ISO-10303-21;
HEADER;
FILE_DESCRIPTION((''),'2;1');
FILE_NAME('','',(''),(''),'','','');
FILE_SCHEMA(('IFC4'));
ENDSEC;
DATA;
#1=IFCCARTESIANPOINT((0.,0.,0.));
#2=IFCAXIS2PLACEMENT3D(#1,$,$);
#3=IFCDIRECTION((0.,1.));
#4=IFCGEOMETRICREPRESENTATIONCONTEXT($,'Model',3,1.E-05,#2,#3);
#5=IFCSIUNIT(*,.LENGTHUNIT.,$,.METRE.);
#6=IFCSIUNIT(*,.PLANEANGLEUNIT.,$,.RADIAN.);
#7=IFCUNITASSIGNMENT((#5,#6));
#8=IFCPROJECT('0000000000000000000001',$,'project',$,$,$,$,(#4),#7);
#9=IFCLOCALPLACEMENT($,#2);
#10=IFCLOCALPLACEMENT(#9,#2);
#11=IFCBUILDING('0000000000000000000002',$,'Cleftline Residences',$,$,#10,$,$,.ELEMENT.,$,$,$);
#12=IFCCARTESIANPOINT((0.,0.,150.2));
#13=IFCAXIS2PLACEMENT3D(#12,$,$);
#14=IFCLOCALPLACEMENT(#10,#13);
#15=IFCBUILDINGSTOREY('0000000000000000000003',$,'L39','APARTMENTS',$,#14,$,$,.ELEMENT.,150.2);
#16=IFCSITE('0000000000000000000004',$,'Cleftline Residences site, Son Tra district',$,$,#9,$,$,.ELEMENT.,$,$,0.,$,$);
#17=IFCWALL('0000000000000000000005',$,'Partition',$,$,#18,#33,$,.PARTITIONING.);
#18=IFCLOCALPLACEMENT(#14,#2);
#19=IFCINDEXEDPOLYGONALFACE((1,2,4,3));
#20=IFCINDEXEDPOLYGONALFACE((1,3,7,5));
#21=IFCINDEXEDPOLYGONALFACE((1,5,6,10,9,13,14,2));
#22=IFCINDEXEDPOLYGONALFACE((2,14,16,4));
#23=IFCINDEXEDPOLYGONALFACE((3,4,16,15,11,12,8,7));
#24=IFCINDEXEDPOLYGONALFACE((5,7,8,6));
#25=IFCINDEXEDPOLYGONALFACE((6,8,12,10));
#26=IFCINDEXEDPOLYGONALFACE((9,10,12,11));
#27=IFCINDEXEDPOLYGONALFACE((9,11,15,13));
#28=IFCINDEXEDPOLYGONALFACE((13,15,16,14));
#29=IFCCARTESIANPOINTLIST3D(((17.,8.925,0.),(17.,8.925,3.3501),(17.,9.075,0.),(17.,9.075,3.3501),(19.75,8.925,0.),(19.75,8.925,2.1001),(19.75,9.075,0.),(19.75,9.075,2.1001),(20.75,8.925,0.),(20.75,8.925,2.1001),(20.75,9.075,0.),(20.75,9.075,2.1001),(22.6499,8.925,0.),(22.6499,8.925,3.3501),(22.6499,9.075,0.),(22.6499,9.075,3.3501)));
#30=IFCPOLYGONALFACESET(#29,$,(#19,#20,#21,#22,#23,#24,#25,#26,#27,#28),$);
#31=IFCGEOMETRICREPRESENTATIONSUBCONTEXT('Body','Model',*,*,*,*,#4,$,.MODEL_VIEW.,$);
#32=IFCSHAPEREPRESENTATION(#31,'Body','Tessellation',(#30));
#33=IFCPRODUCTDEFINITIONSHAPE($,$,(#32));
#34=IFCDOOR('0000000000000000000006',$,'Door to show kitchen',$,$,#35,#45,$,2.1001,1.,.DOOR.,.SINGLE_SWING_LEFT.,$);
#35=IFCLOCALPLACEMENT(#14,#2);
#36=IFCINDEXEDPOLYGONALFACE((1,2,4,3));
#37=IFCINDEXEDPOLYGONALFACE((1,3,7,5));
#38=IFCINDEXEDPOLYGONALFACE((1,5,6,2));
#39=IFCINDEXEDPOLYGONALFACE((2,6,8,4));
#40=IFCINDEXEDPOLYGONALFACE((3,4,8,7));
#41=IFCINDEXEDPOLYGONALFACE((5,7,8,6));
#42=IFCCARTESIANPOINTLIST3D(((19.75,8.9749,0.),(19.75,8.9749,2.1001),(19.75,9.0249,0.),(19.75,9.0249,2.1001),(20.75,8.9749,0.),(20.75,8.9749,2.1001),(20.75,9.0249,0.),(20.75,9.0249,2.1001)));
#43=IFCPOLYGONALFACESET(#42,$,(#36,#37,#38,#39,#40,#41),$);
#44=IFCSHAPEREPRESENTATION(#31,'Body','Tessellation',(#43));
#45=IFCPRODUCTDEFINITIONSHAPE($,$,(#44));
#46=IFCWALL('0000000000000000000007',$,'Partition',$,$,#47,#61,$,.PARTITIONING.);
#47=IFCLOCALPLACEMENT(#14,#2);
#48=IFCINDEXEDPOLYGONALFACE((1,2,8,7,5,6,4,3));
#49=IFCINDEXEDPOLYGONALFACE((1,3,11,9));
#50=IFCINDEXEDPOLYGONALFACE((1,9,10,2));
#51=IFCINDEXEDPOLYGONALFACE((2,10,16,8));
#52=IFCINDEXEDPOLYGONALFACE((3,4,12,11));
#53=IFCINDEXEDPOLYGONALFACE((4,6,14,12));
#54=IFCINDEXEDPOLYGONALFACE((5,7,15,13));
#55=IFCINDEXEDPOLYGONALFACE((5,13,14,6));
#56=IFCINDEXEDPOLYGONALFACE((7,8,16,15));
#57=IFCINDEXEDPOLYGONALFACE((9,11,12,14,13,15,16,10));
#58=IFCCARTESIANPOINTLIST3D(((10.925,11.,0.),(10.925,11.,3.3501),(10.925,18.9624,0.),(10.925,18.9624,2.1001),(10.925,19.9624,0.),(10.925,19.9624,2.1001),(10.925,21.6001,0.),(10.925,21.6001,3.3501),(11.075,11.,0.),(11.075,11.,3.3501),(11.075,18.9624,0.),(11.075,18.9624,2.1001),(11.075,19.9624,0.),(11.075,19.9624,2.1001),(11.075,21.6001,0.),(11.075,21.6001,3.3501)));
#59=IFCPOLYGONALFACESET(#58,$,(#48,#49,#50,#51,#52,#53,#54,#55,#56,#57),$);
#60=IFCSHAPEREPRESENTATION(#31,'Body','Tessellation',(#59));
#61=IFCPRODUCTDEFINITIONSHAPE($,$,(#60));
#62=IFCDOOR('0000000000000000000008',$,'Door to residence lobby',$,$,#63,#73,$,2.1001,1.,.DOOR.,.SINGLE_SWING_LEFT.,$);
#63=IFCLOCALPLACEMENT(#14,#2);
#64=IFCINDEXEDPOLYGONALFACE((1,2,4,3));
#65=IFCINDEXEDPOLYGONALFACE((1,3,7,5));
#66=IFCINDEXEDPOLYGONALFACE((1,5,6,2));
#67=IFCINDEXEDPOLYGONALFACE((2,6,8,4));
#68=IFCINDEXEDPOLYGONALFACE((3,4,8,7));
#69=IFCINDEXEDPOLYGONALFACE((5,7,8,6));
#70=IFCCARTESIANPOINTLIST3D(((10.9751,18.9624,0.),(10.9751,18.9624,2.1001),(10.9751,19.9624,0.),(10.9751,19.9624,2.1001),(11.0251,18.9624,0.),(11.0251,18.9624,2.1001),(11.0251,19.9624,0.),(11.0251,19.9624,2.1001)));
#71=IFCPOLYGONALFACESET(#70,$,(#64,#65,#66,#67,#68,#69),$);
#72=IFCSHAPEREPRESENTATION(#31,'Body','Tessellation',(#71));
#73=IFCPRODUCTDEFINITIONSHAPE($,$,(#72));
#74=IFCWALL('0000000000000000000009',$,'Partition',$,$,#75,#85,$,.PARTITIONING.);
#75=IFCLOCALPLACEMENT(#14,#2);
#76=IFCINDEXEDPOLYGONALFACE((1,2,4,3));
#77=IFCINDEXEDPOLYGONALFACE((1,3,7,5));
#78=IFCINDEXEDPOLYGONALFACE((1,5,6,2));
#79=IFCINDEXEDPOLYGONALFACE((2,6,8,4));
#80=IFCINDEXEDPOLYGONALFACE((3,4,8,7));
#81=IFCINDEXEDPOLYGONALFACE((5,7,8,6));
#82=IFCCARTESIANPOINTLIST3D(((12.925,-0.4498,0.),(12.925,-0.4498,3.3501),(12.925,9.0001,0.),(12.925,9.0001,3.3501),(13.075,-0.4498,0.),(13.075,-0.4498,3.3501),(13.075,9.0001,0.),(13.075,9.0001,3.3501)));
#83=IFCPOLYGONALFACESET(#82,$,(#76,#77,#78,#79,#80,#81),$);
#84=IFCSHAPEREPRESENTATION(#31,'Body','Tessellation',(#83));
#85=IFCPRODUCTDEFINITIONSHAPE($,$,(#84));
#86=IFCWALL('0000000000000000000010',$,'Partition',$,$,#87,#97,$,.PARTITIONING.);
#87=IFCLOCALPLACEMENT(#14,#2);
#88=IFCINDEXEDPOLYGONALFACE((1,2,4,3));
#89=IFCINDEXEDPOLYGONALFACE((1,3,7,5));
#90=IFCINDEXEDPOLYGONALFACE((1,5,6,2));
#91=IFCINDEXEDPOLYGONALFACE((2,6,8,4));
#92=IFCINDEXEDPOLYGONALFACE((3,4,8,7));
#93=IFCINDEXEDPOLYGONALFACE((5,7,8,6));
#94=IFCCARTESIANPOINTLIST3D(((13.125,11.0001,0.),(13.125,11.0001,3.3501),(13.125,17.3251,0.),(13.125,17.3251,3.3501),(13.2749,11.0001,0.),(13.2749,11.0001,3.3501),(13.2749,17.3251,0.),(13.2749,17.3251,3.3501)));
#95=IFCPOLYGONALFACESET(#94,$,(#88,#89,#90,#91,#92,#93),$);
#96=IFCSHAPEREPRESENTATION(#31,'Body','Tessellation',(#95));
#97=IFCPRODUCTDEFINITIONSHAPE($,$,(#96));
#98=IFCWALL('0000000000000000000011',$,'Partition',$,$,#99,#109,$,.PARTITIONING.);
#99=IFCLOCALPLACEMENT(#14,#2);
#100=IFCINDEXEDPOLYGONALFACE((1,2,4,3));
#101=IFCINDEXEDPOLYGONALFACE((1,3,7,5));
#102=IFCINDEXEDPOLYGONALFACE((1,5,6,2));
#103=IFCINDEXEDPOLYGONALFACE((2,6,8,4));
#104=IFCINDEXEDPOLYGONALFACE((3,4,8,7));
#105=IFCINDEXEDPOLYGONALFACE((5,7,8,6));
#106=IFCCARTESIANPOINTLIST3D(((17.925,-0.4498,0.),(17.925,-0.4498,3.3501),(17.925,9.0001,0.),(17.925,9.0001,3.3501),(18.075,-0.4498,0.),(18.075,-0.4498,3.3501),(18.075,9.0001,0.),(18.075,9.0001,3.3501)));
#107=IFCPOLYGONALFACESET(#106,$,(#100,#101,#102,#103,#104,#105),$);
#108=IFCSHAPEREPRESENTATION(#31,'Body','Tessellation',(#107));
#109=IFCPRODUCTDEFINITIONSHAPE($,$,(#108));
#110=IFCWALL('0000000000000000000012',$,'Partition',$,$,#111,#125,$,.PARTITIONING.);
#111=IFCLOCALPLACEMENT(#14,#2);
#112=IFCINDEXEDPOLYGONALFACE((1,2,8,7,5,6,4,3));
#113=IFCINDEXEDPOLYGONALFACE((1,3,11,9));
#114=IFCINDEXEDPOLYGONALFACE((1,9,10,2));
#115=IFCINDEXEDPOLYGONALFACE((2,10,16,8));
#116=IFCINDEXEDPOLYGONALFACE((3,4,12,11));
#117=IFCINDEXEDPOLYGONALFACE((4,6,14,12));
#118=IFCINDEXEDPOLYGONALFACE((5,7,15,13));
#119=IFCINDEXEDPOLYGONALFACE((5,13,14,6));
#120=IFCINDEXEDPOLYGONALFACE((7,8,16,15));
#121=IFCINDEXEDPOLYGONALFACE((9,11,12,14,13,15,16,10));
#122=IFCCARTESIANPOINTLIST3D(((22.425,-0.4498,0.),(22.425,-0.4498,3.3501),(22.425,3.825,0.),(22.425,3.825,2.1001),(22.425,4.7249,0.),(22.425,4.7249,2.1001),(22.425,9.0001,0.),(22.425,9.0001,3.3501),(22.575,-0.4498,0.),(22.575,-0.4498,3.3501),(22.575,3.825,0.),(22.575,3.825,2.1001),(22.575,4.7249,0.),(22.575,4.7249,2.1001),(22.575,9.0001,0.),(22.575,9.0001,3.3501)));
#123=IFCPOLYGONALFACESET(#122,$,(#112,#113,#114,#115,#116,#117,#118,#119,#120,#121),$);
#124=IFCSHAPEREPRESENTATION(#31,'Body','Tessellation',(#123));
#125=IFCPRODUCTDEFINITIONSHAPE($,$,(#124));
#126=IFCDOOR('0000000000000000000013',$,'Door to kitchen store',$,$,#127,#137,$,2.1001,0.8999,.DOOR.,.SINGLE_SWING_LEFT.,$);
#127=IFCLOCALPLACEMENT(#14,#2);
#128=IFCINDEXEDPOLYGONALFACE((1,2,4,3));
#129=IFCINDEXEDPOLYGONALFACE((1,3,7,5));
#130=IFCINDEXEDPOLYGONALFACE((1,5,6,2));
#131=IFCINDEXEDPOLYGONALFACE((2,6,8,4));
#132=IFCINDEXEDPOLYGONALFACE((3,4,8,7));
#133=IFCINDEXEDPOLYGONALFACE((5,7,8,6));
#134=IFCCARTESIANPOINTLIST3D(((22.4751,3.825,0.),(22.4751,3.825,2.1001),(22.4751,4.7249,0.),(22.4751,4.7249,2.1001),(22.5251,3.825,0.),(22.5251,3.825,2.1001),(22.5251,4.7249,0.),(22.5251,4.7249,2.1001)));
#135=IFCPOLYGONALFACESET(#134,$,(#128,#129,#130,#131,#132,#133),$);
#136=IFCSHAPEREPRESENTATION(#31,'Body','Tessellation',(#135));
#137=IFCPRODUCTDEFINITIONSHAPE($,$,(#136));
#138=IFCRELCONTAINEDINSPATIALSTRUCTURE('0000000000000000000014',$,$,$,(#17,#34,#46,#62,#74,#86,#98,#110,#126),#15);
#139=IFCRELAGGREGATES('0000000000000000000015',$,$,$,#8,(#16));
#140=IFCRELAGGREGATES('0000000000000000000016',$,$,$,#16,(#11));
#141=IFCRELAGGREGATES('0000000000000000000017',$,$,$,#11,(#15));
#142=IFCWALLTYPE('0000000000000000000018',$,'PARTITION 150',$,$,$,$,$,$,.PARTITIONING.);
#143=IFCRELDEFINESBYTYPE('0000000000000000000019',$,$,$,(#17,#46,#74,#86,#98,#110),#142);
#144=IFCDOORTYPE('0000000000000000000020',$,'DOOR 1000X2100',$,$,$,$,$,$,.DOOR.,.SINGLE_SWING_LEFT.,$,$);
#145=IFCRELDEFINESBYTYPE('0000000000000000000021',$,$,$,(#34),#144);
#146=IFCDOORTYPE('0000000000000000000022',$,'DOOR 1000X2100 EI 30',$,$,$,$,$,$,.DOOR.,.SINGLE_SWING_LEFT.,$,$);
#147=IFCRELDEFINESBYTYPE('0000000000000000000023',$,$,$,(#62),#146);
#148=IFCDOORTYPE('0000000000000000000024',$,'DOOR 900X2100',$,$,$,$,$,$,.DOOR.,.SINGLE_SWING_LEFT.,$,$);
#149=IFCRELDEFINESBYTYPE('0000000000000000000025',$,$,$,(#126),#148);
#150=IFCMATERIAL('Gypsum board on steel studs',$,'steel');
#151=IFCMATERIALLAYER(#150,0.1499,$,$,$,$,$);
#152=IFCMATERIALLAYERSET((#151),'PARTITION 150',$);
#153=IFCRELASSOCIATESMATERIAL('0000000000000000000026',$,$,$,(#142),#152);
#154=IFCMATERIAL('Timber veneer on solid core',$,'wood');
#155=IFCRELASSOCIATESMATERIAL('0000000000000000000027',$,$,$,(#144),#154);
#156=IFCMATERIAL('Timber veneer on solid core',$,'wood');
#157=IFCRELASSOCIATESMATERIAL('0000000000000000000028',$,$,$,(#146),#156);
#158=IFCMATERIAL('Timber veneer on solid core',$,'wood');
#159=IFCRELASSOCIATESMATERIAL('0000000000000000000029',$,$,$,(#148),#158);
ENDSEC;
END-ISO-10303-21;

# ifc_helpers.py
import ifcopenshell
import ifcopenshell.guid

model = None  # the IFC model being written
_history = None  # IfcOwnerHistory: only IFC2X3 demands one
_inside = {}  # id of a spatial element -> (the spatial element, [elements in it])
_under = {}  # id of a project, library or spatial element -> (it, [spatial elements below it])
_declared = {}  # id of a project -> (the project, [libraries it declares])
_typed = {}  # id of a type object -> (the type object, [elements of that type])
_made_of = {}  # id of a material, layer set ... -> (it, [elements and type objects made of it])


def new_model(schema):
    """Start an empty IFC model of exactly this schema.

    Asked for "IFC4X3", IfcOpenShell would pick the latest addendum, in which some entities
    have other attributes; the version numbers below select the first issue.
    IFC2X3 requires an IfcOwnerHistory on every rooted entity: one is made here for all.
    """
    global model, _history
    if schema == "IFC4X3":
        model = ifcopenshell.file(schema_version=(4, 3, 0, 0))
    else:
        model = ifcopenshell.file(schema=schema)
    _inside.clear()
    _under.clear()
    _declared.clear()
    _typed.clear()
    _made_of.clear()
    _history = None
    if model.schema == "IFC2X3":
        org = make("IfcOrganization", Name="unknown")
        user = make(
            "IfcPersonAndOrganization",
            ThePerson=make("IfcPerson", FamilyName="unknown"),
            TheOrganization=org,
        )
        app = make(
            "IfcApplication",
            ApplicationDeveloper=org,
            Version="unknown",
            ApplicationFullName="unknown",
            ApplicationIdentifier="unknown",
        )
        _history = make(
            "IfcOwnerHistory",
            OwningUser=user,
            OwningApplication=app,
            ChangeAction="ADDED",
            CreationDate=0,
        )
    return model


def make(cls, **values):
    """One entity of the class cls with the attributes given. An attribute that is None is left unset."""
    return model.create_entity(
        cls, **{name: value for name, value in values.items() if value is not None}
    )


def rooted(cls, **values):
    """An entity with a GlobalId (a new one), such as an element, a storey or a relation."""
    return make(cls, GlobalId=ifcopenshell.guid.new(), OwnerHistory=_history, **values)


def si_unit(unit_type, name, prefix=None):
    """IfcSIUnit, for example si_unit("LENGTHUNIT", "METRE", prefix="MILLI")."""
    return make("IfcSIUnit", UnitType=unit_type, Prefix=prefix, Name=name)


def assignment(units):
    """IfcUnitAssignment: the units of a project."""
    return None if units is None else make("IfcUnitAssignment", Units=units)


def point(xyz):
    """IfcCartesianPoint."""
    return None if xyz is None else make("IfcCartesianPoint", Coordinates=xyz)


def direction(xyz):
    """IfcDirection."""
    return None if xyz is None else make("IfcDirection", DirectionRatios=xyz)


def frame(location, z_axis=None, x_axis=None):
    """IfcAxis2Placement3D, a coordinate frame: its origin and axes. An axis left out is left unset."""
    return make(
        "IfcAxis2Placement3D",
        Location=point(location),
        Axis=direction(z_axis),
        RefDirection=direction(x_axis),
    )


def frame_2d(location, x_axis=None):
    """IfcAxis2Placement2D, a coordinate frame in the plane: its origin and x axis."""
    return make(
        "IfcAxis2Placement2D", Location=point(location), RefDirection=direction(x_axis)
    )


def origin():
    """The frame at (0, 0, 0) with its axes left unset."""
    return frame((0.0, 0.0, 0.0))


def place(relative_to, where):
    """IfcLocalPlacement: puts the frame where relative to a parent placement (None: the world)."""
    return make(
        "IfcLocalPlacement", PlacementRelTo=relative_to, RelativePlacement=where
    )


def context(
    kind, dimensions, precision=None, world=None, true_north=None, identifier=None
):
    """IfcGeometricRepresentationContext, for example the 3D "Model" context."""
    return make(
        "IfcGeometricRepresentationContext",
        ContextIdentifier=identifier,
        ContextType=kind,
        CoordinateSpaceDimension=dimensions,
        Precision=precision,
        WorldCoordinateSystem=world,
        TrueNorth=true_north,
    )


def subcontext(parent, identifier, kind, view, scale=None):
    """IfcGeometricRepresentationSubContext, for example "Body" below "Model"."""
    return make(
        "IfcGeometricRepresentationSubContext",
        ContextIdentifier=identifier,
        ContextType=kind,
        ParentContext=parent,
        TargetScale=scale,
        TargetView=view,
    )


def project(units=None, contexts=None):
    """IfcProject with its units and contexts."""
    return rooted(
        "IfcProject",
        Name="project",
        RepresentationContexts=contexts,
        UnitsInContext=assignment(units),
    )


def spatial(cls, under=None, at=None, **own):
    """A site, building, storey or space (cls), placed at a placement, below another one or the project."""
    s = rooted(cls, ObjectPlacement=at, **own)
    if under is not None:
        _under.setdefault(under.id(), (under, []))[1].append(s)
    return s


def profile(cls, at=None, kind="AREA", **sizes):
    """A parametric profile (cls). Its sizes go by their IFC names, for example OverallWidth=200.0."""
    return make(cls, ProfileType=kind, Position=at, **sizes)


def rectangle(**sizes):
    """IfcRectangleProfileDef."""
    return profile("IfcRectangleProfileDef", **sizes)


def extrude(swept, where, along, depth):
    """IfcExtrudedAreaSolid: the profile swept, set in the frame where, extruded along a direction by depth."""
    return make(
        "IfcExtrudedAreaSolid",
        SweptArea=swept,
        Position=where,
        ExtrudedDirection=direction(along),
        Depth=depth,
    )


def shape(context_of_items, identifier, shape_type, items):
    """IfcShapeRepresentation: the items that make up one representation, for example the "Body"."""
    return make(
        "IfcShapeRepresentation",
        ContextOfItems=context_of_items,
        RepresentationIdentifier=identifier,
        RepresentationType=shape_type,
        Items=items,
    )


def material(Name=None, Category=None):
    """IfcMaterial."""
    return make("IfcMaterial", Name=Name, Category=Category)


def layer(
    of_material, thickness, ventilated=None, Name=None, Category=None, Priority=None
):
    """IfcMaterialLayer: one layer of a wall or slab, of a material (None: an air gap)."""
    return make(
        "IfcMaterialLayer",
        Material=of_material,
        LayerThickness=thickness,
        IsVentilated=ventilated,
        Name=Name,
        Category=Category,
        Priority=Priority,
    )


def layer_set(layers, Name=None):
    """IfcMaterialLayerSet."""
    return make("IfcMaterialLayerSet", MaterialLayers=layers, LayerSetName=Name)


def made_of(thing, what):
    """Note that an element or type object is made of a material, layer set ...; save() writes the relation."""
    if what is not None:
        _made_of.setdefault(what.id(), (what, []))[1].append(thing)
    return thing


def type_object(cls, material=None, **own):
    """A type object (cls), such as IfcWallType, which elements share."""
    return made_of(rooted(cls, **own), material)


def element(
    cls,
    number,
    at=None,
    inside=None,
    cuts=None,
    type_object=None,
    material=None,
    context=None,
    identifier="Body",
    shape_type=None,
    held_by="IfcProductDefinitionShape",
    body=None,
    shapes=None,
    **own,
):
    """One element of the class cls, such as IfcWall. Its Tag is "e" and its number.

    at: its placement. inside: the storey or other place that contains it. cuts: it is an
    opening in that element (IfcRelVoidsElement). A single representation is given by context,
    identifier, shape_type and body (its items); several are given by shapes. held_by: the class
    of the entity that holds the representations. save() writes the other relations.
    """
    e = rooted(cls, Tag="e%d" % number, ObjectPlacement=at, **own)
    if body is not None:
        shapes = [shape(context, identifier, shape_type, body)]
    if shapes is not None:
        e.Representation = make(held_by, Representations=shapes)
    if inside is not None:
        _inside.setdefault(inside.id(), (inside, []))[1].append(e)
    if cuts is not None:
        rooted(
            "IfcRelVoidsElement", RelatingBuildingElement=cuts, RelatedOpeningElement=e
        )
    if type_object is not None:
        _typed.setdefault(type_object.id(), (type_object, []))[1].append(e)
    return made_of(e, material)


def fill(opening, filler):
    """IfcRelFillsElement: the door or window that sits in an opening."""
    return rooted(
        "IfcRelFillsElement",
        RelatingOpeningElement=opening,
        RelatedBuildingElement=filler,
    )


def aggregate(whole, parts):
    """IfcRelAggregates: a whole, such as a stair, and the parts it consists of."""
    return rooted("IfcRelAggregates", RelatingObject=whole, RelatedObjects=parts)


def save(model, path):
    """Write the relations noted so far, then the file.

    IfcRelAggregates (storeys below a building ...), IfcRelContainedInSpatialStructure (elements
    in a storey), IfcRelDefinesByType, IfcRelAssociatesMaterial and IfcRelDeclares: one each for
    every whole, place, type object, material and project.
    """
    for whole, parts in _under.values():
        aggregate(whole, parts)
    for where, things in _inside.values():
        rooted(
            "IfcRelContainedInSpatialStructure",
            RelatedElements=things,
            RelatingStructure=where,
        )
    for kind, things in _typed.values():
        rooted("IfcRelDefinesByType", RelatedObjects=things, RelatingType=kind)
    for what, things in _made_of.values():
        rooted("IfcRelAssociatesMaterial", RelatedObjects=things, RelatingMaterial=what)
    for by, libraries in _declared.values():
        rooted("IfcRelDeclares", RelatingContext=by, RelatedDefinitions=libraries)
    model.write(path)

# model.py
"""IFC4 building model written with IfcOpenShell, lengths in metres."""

from ifc_helpers import new_model, si_unit, direction, frame, frame_2d, origin, place, context, subcontext, project, spatial, rectangle, extrude, material, layer, layer_set, type_object, element, fill, save


model = new_model("IFC4")

# Units and contexts
model_context = context("Model", 3, precision=1e-05, world=origin(), true_north=direction((0.0, 1.0)))
body_context = subcontext(model_context, "Body", "Model", "MODEL_VIEW")
ifc_project = project(units=[si_unit("LENGTHUNIT", "METRE"), si_unit("PLANEANGLEUNIT", "RADIAN")], contexts=[model_context])

# Site, building, storey
site_placement = place(None, origin())
site = spatial("IfcSite", under=ifc_project, at=site_placement, Name="Cleftline Residences site, Son Tra district", CompositionType="ELEMENT", RefElevation=0.0)
building_placement = place(site_placement, origin())
building = spatial("IfcBuilding", under=site, at=building_placement, Name="Cleftline Residences", CompositionType="ELEMENT")
storey_placement = place(building_placement, frame((0.0, 0.0, 150.2)))
storey = spatial("IfcBuildingStorey", under=building, at=storey_placement, Name="L39", Description="APARTMENTS", CompositionType="ELEMENT", Elevation=150.2)

# Shared definitions
ifc_material_1 = material(Name="Gypsum board on steel studs", Category="steel")
ifc_layer_1 = layer(ifc_material_1, 0.1499)
ifc_layer_set_1 = layer_set([ifc_layer_1], Name="PARTITION 150")
wall_type = type_object("IfcWallType", Name="PARTITION 150", PredefinedType="PARTITIONING", material=ifc_layer_set_1)
ifc_material_2 = material(Name="Timber veneer on solid core", Category="wood")
door_type_1 = type_object("IfcDoorType", Name="DOOR 1000X2100", OperationType="SINGLE_SWING_LEFT", PredefinedType="DOOR", material=ifc_material_2)

# Walls, openings, doors
wall_1_placement = place(storey_placement, frame((17.0, 9.0, 0.0), z_axis=(0.0, 0.0, 1.0), x_axis=(1.0, 0.0, 0.0)))
wall_1 = element("IfcWall", 1, at=wall_1_placement, inside=storey, type_object=wall_type, Name="Partition", PredefinedType="PARTITIONING", context=body_context, shape_type="SweptSolid", body=[
    extrude(rectangle(XDim=5.6499, YDim=0.1499, at=frame_2d((2.825, 0.0))), origin(), (0.0, 0.0, 1.0), 3.3501),
])
opening_1_placement = place(wall_1_placement, frame((2.75, 0.0, 0.0)))
opening_1 = element("IfcOpeningElement", 2, at=opening_1_placement, cuts=wall_1, PredefinedType="OPENING", context=body_context, shape_type="SweptSolid", body=[
    extrude(rectangle(XDim=1.0, YDim=2.1001, at=frame_2d((0.5, 1.05))), frame((0.0, 0.085, 0.0), z_axis=(0.0, -1.0, 0.0), x_axis=(1.0, 0.0, 0.0)), (0.0, 0.0, 1.0), 0.1699),
])
door_1_placement = place(opening_1_placement, origin())
door_1 = element("IfcDoor", 3, at=door_1_placement, inside=storey, type_object=door_type_1, Name="Door to show kitchen", OperationType="SINGLE_SWING_LEFT", OverallHeight=2.1001, OverallWidth=1.0, PredefinedType="DOOR", context=body_context, shape_type="SweptSolid", body=[
    extrude(rectangle(XDim=1.0, YDim=2.1001, at=frame_2d((0.5, 1.05))), frame((0.0, 0.0249, 0.0), z_axis=(0.0, -1.0, 0.0), x_axis=(1.0, 0.0, 0.0)), (0.0, 0.0, 1.0), 0.05),
])
fill(opening_1, door_1)
wall_2_placement = place(storey_placement, frame((11.0, 11.0, 0.0), z_axis=(0.0, 0.0, 1.0), x_axis=(0.0, 1.0, 0.0)))
wall_2 = element("IfcWall", 4, at=wall_2_placement, inside=storey, type_object=wall_type, Name="Partition", PredefinedType="PARTITIONING", context=body_context, shape_type="SweptSolid", body=[
    extrude(rectangle(XDim=10.6001, YDim=0.1499, at=frame_2d((5.3, 0.0))), origin(), (0.0, 0.0, 1.0), 3.3501),
])
opening_2_placement = place(wall_2_placement, frame((7.9624, 0.0, 0.0)))
opening_2 = element("IfcOpeningElement", 5, at=opening_2_placement, cuts=wall_2, PredefinedType="OPENING", context=body_context, shape_type="SweptSolid", body=[
    extrude(rectangle(XDim=1.0, YDim=2.1001, at=frame_2d((0.5, 1.05))), frame((0.0, 0.085, 0.0), z_axis=(0.0, -1.0, 0.0), x_axis=(1.0, 0.0, 0.0)), (0.0, 0.0, 1.0), 0.1699),
])
ifc_material_3 = material(Name="Timber veneer on solid core", Category="wood")
door_type_2 = type_object("IfcDoorType", Name="DOOR 1000X2100 EI 30", OperationType="SINGLE_SWING_LEFT", PredefinedType="DOOR", material=ifc_material_3)
door_2_placement = place(opening_2_placement, origin())
door_2 = element("IfcDoor", 6, at=door_2_placement, inside=storey, type_object=door_type_2, Name="Door to residence lobby", OperationType="SINGLE_SWING_LEFT", OverallHeight=2.1001, OverallWidth=1.0, PredefinedType="DOOR", context=body_context, shape_type="SweptSolid", body=[
    extrude(rectangle(XDim=1.0, YDim=2.1001, at=frame_2d((0.5, 1.05))), frame((0.0, 0.0249, 0.0), z_axis=(0.0, -1.0, 0.0), x_axis=(1.0, 0.0, 0.0)), (0.0, 0.0, 1.0), 0.05),
])
fill(opening_2, door_2)

# Walls
wall_3_placement = place(storey_placement, frame((13.0, -0.45, 0.0), z_axis=(0.0, 0.0, 1.0), x_axis=(0.0, 1.0, 0.0)))
element("IfcWall", 7, at=wall_3_placement, inside=storey, type_object=wall_type, Name="Partition", PredefinedType="PARTITIONING", context=body_context, shape_type="SweptSolid", body=[
    extrude(rectangle(XDim=9.45, YDim=0.1499, at=frame_2d((4.7251, 0.0))), origin(), (0.0, 0.0, 1.0), 3.3501),
])
wall_4_placement = place(storey_placement, frame((13.2, 11.0, 0.0), z_axis=(0.0, 0.0, 1.0), x_axis=(0.0, 1.0, 0.0)))
element("IfcWall", 8, at=wall_4_placement, inside=storey, type_object=wall_type, Name="Partition", PredefinedType="PARTITIONING", context=body_context, shape_type="SweptSolid", body=[
    extrude(rectangle(XDim=6.325, YDim=0.1499, at=frame_2d((3.1626, 0.0))), origin(), (0.0, 0.0, 1.0), 3.3501),
])
wall_5_placement = place(storey_placement, frame((18.0, -0.45, 0.0), z_axis=(0.0, 0.0, 1.0), x_axis=(0.0, 1.0, 0.0)))
element("IfcWall", 9, at=wall_5_placement, inside=storey, type_object=wall_type, Name="Partition", PredefinedType="PARTITIONING", context=body_context, shape_type="SweptSolid", body=[
    extrude(rectangle(XDim=9.45, YDim=0.1499, at=frame_2d((4.7251, 0.0))), origin(), (0.0, 0.0, 1.0), 3.3501),
])

# Wall, opening, door
wall_6_placement = place(storey_placement, frame((22.5, -0.45, 0.0), z_axis=(0.0, 0.0, 1.0), x_axis=(0.0, 1.0, 0.0)))
wall_6 = element("IfcWall", 10, at=wall_6_placement, inside=storey, type_object=wall_type, Name="Partition", PredefinedType="PARTITIONING", context=body_context, shape_type="SweptSolid", body=[
    extrude(rectangle(XDim=9.45, YDim=0.1499, at=frame_2d((4.7251, 0.0))), origin(), (0.0, 0.0, 1.0), 3.3501),
])
opening_3_placement = place(wall_6_placement, frame((4.2749, 0.0, 0.0)))
opening_3 = element("IfcOpeningElement", 11, at=opening_3_placement, cuts=wall_6, PredefinedType="OPENING", context=body_context, shape_type="SweptSolid", body=[
    extrude(rectangle(XDim=0.8999, YDim=2.1001, at=frame_2d((0.45, 1.05))), frame((0.0, 0.085, 0.0), z_axis=(0.0, -1.0, 0.0), x_axis=(1.0, 0.0, 0.0)), (0.0, 0.0, 1.0), 0.1699),
])
ifc_material_4 = material(Name="Timber veneer on solid core", Category="wood")
door_type_3 = type_object("IfcDoorType", Name="DOOR 900X2100", OperationType="SINGLE_SWING_LEFT", PredefinedType="DOOR", material=ifc_material_4)
door_3_placement = place(opening_3_placement, origin())
door_3 = element("IfcDoor", 12, at=door_3_placement, inside=storey, type_object=door_type_3, Name="Door to kitchen store", OperationType="SINGLE_SWING_LEFT", OverallHeight=2.1001, OverallWidth=0.8999, PredefinedType="DOOR", context=body_context, shape_type="SweptSolid", body=[
    extrude(rectangle(XDim=0.8999, YDim=2.1001, at=frame_2d((0.45, 1.05))), frame((0.0, 0.0249, 0.0), z_axis=(0.0, -1.0, 0.0), x_axis=(1.0, 0.0, 0.0)), (0.0, 0.0, 1.0), 0.05),
])
fill(opening_3, door_3)

save(model, "model.ifc")
